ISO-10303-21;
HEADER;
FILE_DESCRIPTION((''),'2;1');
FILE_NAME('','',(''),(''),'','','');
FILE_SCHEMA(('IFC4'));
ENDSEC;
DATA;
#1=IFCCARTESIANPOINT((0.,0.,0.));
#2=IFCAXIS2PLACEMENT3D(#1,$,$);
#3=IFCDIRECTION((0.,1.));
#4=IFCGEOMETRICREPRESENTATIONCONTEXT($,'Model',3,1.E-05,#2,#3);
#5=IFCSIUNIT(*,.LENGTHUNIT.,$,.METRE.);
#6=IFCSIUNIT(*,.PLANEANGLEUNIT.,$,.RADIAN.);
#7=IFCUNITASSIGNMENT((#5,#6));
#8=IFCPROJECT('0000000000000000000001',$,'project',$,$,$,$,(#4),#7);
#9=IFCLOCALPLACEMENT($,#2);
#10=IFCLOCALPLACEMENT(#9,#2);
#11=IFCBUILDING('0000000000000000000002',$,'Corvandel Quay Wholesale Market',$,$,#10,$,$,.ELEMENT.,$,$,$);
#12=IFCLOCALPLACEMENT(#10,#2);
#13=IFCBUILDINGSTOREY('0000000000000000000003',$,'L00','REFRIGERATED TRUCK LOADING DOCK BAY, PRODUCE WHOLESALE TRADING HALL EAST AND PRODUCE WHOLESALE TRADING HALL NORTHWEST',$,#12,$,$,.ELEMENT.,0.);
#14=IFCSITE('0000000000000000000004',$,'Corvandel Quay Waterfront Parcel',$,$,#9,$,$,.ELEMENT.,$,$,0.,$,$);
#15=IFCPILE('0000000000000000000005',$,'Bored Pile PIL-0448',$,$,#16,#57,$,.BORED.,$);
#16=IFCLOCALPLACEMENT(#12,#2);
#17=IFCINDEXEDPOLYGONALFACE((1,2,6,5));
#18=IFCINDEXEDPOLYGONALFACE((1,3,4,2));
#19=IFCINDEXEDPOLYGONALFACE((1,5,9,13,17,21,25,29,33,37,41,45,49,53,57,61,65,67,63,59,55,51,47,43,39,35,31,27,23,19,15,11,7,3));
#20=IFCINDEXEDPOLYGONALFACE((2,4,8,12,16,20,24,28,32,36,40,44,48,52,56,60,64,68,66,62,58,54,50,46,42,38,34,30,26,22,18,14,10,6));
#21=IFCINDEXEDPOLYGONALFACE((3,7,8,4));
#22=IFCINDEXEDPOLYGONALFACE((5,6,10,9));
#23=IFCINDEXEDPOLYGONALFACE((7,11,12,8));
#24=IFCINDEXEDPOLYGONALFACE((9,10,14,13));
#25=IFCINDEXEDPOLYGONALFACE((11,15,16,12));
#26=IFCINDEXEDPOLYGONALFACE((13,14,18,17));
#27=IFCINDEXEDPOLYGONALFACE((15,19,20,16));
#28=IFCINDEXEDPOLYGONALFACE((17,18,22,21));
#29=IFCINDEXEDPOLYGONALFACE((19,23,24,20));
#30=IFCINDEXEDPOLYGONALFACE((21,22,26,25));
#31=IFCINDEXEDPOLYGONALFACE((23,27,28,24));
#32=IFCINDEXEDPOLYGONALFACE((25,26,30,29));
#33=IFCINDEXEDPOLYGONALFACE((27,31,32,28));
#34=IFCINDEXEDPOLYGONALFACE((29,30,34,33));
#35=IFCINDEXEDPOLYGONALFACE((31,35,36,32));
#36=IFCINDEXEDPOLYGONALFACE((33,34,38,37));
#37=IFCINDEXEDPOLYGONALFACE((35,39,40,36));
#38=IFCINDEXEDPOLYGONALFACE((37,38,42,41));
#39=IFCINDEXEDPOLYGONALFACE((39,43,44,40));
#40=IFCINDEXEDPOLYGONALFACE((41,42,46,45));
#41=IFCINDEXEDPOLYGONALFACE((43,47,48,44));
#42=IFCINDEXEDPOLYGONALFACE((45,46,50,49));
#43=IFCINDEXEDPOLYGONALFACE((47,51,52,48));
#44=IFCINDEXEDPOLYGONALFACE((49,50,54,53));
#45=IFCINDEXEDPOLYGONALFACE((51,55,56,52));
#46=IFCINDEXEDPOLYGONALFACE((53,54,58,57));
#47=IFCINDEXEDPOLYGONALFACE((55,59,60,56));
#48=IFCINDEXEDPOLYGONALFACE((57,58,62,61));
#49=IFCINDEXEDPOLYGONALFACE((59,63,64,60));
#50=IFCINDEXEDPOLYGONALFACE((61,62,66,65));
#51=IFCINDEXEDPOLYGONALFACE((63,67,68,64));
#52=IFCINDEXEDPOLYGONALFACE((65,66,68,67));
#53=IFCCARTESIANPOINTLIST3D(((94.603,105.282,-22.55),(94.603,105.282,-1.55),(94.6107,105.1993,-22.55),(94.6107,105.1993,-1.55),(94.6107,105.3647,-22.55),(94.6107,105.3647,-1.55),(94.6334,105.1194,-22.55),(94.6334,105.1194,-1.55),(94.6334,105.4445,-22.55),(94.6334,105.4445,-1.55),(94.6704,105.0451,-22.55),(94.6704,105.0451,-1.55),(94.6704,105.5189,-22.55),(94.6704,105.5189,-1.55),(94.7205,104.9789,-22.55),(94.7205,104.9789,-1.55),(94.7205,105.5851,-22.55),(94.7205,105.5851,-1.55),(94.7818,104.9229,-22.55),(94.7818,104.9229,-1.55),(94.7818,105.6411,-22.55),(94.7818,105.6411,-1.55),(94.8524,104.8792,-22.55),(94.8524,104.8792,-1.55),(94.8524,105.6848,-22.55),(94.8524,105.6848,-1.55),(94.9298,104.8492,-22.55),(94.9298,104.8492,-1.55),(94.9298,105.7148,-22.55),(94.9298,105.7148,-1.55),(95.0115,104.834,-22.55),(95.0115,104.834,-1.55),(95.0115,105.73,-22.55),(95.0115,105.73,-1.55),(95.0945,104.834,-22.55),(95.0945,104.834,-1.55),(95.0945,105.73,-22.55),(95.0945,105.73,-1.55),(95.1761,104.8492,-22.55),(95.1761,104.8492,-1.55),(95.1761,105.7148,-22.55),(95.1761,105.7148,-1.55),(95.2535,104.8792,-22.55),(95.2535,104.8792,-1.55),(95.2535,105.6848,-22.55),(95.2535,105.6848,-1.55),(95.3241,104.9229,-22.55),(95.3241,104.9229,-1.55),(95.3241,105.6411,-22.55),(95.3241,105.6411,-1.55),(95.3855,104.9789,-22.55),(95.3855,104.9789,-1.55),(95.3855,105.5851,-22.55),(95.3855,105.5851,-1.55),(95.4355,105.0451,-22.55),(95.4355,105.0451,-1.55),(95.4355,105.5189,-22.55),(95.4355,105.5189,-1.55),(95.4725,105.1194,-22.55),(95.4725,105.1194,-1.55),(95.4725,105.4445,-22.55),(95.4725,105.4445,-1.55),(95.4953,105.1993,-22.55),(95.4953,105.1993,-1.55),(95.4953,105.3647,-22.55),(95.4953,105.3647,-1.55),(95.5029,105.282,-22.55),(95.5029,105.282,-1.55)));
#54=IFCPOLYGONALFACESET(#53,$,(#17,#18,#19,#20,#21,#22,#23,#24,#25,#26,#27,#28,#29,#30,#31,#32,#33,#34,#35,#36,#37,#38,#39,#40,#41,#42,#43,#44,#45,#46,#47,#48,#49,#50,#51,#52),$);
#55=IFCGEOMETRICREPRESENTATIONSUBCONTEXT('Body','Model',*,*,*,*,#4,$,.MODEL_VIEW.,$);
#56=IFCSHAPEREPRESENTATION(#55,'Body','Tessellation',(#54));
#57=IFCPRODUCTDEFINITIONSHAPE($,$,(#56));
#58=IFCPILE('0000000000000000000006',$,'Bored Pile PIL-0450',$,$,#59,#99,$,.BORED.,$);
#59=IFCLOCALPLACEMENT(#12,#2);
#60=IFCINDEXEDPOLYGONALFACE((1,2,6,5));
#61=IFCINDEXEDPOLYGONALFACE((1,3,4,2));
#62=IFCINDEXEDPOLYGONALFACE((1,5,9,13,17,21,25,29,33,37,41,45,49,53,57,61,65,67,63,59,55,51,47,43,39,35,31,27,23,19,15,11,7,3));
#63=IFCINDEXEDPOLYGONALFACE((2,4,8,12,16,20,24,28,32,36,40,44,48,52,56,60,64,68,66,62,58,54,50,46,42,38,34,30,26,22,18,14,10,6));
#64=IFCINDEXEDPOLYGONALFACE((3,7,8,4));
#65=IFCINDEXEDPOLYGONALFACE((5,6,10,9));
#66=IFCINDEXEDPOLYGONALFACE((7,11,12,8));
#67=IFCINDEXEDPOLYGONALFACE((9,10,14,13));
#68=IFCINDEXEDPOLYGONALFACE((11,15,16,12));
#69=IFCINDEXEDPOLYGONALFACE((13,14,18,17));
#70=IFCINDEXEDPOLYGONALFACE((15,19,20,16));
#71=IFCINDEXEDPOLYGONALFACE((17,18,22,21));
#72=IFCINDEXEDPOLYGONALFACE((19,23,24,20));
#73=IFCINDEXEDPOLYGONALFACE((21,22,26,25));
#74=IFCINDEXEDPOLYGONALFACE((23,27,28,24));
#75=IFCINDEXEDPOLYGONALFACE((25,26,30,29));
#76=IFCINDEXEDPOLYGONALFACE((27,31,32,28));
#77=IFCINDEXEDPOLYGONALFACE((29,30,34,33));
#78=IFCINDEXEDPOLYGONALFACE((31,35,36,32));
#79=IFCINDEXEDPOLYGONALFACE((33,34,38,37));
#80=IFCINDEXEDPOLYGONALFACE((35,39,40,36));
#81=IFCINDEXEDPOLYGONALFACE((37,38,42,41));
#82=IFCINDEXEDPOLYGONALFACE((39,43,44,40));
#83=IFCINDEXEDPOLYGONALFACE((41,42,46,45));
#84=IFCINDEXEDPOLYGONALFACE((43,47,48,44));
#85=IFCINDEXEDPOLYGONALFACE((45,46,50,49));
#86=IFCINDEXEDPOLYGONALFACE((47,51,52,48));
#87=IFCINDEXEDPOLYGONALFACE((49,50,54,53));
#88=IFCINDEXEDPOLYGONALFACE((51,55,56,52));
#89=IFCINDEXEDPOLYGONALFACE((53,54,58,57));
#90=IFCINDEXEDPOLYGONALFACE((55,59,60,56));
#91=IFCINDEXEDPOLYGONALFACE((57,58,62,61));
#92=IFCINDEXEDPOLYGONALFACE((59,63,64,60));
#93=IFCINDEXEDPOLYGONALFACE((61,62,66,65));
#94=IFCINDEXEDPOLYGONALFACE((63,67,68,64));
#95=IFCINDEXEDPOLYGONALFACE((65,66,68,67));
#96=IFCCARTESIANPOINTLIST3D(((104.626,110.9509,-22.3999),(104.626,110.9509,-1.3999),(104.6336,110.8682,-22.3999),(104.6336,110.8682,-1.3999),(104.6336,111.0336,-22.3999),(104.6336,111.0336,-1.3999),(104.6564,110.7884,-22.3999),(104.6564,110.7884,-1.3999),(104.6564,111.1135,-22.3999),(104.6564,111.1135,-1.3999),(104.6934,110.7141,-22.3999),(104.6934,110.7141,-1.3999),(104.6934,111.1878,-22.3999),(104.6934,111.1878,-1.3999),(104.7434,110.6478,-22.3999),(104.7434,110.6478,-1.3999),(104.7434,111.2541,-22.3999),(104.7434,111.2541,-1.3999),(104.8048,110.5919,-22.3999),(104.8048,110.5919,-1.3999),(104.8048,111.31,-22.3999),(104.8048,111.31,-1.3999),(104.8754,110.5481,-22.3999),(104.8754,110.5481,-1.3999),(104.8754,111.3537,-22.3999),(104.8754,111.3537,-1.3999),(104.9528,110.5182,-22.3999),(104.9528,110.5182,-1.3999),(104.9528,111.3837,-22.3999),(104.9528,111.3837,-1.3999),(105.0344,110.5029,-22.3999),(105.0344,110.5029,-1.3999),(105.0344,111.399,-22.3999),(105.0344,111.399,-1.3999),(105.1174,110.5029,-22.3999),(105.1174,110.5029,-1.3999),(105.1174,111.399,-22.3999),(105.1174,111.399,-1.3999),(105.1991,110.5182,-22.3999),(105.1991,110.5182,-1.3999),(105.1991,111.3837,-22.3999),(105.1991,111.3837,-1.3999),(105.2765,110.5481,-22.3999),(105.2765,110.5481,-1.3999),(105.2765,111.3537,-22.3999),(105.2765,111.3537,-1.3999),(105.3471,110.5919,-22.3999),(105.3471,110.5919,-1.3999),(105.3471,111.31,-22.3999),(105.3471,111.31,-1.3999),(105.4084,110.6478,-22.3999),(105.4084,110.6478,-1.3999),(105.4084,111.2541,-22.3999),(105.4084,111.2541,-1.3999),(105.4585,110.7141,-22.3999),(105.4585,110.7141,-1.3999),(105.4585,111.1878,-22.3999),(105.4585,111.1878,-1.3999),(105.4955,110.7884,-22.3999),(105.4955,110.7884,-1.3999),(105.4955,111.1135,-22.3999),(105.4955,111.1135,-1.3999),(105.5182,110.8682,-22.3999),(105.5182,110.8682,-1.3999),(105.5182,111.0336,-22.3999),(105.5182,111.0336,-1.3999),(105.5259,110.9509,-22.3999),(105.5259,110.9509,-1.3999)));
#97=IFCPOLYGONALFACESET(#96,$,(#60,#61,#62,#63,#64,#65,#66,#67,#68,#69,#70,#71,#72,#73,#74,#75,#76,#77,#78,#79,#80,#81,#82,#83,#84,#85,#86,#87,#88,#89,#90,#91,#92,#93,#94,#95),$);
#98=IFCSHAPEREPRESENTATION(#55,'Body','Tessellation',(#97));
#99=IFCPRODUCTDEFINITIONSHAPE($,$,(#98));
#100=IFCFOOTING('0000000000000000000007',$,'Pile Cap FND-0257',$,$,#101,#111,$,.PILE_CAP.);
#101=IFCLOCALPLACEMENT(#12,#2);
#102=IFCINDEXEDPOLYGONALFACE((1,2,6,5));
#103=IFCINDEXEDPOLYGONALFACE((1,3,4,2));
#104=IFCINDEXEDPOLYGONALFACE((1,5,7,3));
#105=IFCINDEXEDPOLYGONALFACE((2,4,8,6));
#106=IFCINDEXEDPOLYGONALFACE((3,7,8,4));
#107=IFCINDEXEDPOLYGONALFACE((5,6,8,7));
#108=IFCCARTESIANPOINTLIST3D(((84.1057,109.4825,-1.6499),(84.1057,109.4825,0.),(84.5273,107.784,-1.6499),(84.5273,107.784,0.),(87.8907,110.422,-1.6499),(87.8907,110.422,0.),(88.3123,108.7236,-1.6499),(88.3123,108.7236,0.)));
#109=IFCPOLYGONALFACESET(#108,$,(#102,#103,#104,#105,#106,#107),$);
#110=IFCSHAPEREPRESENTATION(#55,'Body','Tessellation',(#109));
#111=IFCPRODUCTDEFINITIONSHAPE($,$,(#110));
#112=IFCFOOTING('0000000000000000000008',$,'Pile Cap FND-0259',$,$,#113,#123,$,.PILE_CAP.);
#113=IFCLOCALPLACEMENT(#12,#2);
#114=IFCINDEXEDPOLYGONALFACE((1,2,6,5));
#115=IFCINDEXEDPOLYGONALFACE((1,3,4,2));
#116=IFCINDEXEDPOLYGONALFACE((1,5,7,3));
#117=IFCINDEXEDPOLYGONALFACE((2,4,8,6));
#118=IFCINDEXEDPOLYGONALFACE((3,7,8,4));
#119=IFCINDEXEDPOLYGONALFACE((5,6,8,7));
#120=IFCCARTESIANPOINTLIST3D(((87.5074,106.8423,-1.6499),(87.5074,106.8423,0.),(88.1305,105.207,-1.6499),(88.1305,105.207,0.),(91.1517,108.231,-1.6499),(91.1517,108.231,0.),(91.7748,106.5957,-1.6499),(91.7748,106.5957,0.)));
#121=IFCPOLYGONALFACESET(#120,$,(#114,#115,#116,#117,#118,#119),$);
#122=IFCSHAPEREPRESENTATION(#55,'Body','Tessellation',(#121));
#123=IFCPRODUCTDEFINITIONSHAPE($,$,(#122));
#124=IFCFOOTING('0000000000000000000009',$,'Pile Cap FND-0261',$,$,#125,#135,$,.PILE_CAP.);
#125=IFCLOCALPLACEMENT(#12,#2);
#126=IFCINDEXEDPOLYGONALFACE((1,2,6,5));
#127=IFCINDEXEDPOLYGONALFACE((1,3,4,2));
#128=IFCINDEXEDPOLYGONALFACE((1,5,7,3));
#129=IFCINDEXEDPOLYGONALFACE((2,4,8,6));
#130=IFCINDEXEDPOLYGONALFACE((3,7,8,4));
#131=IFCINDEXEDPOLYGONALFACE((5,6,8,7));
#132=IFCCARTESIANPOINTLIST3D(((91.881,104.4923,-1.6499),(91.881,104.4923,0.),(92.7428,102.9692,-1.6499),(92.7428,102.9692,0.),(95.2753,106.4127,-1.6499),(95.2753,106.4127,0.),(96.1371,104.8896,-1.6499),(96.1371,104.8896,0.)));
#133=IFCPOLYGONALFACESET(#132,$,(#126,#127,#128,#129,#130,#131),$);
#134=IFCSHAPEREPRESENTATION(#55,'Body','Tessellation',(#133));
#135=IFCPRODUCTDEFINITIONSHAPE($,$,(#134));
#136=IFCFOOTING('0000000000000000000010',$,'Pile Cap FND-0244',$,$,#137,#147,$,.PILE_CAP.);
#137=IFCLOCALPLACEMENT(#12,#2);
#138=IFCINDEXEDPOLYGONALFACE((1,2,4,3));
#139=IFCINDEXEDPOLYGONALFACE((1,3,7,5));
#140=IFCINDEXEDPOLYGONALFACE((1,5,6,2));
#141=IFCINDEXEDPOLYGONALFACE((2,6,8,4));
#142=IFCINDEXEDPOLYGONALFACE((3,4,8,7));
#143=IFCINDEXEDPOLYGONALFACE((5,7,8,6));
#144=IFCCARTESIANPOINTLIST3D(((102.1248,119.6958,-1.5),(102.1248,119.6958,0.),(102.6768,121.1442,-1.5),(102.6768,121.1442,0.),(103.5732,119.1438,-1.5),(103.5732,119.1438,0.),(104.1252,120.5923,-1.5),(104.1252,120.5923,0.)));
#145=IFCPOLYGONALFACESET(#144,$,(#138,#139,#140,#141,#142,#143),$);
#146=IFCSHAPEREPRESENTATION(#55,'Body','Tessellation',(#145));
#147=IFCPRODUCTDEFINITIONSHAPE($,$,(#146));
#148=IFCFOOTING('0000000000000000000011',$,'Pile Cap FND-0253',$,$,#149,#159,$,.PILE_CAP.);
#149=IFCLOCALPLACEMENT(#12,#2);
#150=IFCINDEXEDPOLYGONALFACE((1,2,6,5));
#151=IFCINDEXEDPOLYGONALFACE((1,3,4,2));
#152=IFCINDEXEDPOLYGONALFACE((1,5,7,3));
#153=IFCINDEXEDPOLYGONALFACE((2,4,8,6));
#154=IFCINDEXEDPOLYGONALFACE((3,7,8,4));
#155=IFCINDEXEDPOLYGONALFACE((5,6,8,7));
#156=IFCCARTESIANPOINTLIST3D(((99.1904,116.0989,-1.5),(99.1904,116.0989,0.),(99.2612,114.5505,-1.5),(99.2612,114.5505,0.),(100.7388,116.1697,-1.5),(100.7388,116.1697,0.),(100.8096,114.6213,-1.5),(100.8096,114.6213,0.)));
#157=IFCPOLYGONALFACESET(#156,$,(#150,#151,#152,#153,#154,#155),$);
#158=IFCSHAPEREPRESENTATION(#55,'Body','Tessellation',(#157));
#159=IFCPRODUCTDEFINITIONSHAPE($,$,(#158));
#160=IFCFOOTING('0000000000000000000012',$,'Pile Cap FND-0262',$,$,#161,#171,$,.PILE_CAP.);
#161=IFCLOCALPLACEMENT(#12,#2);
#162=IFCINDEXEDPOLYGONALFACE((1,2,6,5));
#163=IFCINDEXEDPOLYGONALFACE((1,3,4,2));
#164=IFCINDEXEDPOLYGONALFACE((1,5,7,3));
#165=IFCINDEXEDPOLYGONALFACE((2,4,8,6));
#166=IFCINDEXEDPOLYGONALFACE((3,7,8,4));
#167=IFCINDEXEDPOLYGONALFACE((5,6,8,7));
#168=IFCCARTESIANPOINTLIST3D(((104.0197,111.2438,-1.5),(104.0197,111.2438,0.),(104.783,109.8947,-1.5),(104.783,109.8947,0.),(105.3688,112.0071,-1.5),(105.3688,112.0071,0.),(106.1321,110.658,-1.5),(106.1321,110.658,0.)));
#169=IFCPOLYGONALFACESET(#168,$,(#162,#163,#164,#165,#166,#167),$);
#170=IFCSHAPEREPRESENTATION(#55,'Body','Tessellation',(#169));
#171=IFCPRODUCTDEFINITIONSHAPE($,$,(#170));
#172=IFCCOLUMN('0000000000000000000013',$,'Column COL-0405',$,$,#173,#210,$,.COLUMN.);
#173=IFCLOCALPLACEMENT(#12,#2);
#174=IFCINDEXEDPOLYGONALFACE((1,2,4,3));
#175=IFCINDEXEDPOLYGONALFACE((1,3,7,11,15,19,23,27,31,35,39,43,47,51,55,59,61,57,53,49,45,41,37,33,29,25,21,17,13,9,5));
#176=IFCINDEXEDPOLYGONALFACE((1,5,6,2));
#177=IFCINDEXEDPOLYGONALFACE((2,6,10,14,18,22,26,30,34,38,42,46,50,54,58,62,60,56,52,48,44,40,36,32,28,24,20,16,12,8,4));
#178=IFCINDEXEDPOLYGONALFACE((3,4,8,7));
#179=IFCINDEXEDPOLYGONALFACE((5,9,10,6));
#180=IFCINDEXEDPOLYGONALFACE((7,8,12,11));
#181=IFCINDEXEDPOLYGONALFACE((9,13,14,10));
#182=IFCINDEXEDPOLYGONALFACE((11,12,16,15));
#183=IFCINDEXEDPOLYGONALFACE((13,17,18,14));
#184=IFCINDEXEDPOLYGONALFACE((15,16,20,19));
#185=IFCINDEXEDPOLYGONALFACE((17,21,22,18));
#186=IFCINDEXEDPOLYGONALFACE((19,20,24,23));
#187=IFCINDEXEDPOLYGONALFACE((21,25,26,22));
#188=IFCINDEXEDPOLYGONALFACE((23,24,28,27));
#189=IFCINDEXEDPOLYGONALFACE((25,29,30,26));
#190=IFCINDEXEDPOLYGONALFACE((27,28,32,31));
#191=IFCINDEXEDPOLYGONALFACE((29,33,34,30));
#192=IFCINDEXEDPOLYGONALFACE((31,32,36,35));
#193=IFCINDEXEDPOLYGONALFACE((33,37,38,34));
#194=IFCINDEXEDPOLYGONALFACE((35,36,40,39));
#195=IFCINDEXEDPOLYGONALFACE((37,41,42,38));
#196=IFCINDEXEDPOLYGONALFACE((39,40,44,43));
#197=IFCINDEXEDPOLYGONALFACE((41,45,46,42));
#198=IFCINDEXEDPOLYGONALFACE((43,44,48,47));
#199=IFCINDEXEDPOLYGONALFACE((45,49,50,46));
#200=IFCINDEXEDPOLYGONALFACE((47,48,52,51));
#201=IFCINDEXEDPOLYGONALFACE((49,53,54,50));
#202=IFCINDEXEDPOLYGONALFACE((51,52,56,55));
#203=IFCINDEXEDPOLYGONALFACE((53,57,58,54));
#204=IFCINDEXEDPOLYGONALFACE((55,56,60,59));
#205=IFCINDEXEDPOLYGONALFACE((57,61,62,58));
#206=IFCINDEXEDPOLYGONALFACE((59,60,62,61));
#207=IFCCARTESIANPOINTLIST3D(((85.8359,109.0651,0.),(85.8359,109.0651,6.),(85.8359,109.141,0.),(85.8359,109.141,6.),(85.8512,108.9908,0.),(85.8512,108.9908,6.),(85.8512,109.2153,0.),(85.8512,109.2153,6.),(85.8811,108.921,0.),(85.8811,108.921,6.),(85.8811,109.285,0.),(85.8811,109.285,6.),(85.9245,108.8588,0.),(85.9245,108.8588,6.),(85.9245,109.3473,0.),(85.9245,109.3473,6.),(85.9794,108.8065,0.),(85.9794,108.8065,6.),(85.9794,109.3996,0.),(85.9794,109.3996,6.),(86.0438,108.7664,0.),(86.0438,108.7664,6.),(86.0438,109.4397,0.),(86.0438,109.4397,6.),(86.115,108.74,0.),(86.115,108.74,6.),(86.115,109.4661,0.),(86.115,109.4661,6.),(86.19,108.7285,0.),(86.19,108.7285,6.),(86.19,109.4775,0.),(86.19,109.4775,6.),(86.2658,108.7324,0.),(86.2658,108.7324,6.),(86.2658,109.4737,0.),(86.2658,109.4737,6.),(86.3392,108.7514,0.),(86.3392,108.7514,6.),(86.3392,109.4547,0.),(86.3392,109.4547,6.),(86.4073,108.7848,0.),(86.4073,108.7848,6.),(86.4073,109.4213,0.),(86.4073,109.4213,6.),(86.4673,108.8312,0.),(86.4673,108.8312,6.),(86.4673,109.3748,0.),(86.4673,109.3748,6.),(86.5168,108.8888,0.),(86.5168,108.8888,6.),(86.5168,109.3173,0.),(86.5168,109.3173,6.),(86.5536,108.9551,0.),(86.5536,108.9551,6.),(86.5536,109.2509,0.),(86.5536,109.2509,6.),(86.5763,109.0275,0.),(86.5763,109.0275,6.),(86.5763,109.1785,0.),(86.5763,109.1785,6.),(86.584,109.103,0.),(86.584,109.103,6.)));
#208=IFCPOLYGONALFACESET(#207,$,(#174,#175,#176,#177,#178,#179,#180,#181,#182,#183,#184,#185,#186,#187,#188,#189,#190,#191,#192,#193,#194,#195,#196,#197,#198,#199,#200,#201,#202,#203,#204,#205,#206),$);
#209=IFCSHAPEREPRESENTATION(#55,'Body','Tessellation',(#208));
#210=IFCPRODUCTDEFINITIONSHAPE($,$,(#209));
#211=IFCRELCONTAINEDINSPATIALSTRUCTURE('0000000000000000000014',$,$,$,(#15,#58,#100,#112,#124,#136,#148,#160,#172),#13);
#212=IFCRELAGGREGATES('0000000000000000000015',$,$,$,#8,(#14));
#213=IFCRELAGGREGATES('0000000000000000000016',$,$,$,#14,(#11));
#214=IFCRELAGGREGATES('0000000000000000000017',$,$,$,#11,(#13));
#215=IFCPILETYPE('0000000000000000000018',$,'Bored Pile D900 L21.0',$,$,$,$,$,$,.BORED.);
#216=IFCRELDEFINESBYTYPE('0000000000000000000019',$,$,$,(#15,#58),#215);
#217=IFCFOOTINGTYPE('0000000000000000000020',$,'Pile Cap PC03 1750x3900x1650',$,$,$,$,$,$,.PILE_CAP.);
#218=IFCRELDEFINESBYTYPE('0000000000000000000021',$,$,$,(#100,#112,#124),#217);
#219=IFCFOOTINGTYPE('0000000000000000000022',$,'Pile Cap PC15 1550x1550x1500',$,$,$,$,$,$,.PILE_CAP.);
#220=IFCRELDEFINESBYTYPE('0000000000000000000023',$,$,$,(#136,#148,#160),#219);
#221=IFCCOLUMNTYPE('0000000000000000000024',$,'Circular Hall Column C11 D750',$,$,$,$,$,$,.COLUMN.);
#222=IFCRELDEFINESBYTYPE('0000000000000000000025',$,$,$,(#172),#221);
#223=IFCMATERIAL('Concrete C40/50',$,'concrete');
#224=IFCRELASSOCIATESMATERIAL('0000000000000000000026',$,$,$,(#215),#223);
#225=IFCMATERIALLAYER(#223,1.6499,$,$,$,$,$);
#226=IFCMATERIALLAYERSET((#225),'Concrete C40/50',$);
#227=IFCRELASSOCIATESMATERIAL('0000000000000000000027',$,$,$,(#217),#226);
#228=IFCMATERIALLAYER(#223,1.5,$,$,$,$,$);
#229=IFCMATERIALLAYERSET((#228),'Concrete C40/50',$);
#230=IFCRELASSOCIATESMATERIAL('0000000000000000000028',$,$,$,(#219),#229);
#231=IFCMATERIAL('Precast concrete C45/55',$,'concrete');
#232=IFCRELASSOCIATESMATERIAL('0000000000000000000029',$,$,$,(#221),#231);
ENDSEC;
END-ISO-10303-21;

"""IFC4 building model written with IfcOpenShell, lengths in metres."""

from ifc_helpers import new_model, si_unit, direction, frame, origin, origin_2d, place, context, subcontext, project, spatial, rectangle, circle, extrude, material, layer, layer_set, material_profile, profile_set, type_object, element, save


model = new_model("IFC4")

# Units and contexts
model_context = context("Model", 3, precision=1e-05, world=origin(), true_north=direction((0.0, 1.0)))
body_context = subcontext(model_context, "Body", "Model", "MODEL_VIEW")
ifc_project = project(units=[si_unit("LENGTHUNIT", "METRE"), si_unit("PLANEANGLEUNIT", "RADIAN")], contexts=[model_context])

# Site, building, storey
site_placement = place(None, origin())
site = spatial("IfcSite", under=ifc_project, at=site_placement, Name="Corvandel Quay Waterfront Parcel", CompositionType="ELEMENT", RefElevation=0.0)
building_placement = place(site_placement, origin())
building = spatial("IfcBuilding", under=site, at=building_placement, Name="Corvandel Quay Wholesale Market", CompositionType="ELEMENT")
storey_placement = place(building_placement, origin())
storey = spatial("IfcBuildingStorey", under=building, at=storey_placement, Name="L00", Description="REFRIGERATED TRUCK LOADING DOCK BAY, PRODUCE WHOLESALE TRADING HALL EAST AND PRODUCE WHOLESALE TRADING HALL NORTHWEST", CompositionType="ELEMENT", Elevation=0.0)

# Piles
ifc_material_1 = material(Name="Concrete C40/50", Category="concrete")
ifc_material_profile_1 = material_profile(ifc_material_1, circle(Radius=0.45, at=origin_2d()), Name="RC-PILE-D900")
ifc_profile_set_1 = profile_set([ifc_material_profile_1], Name="Concrete C40/50")
pile_type = type_object("IfcPileType", Name="Bored Pile D900 L21.0", PredefinedType="BORED", material=ifc_profile_set_1)
for number, where, z_axis, x_axis, name in (
    (1, (95.053, 105.282, -1.55), (0.0, 0.0, -1.0), (1.0, 0.0, 0.0), "Bored Pile PIL-0448"),
    (2, (105.0759, 110.9509, -1.3999), (0.0, 0.0, -1.0), (1.0, 0.0, 0.0), "Bored Pile PIL-0450"),
):
    element("IfcPile", number, at=place(storey_placement, frame(where, z_axis=z_axis, x_axis=x_axis)), inside=storey, type_object=pile_type, Name=name, PredefinedType="BORED", context=body_context, shape_type="SweptSolid", body=[
        extrude(circle(Radius=0.45, at=origin_2d()), origin(), (0.0, 0.0, 1.0), 21.0),
    ])

# Footings
ifc_layer_1 = layer(ifc_material_1, 1.6499)
ifc_layer_set_1 = layer_set([ifc_layer_1], Name="Concrete C40/50")
footing_type_1 = type_object("IfcFootingType", Name="Pile Cap PC03 1750x3900x1650", PredefinedType="PILE_CAP", material=ifc_layer_set_1)
for number, where, z_axis, x_axis, name in (
    (3, (86.209, 109.103, -1.6499), (0.0, 0.0, 1.0), (-0.240906, 0.970549, 0.0), "Pile Cap FND-0257"),
    (4, (89.6411, 106.719, -1.6499), (0.0, 0.0, 1.0), (-0.356086, 0.934453, 0.0), "Pile Cap FND-0259"),
    (5, (94.009, 104.6909, -1.6499), (0.0, 0.0, 1.0), (-0.492424, 0.870356, 0.0), "Pile Cap FND-0261"),
):
    element("IfcFooting", number, at=place(storey_placement, frame(where, z_axis=z_axis, x_axis=x_axis)), inside=storey, type_object=footing_type_1, Name=name, PredefinedType="PILE_CAP", context=body_context, shape_type="SweptSolid", body=[
        extrude(rectangle(XDim=1.75, YDim=3.8999, at=origin_2d()), origin(), (0.0, 0.0, 1.0), 1.6499),
    ])
ifc_layer_2 = layer(ifc_material_1, 1.5)
ifc_layer_set_2 = layer_set([ifc_layer_2], Name="Concrete C40/50")
footing_type_2 = type_object("IfcFootingType", Name="Pile Cap PC15 1550x1550x1500", PredefinedType="PILE_CAP", material=ifc_layer_set_2)
for number, where, z_axis, x_axis, name in (
    (6, (103.125, 120.144, -1.5), (0.0, 0.0, 1.0), (0.356086, 0.934453, 0.0), "Pile Cap FND-0244"),
    (7, (100.0, 115.3601, -1.5), (0.0, 0.0, 1.0), (-0.045712, 0.998955, 0.0), "Pile Cap FND-0253"),
    (8, (105.0759, 110.9509, -1.5), (0.0, 0.0, 1.0), (-0.492424, 0.870356, 0.0), "Pile Cap FND-0262"),
):
    element("IfcFooting", number, at=place(storey_placement, frame(where, z_axis=z_axis, x_axis=x_axis)), inside=storey, type_object=footing_type_2, Name=name, PredefinedType="PILE_CAP", context=body_context, shape_type="SweptSolid", body=[
        extrude(rectangle(XDim=1.55, YDim=1.55, at=origin_2d()), origin(), (0.0, 0.0, 1.0), 1.5),
    ])

# Column
ifc_material_2 = material(Name="Precast concrete C45/55", Category="concrete")
ifc_material_profile_2 = material_profile(ifc_material_2, circle(Radius=0.375, at=origin_2d()), Name="PC-COL-D750")
ifc_profile_set_2 = profile_set([ifc_material_profile_2], Name="Precast concrete C45/55")
column_type_1 = type_object("IfcColumnType", Name="Circular Hall Column C11 D750", PredefinedType="COLUMN", material=ifc_profile_set_2)
for number, where, z_axis, x_axis, name in (
    (9, (86.209, 109.103, 0.0), (0.0, 0.0, 1.0), (1.0, 0.0, 0.0), "Column COL-0405"),
):
    element("IfcColumn", number, at=place(storey_placement, frame(where, z_axis=z_axis, x_axis=x_axis)), inside=storey, type_object=column_type_1, Name=name, PredefinedType="COLUMN", context=body_context, shape_type="SweptSolid", body=[
        extrude(circle(Radius=0.375, at=origin_2d()), origin(), (0.0, 0.0, 1.0), 6.0),
    ])

save(model, "model.ifc")
